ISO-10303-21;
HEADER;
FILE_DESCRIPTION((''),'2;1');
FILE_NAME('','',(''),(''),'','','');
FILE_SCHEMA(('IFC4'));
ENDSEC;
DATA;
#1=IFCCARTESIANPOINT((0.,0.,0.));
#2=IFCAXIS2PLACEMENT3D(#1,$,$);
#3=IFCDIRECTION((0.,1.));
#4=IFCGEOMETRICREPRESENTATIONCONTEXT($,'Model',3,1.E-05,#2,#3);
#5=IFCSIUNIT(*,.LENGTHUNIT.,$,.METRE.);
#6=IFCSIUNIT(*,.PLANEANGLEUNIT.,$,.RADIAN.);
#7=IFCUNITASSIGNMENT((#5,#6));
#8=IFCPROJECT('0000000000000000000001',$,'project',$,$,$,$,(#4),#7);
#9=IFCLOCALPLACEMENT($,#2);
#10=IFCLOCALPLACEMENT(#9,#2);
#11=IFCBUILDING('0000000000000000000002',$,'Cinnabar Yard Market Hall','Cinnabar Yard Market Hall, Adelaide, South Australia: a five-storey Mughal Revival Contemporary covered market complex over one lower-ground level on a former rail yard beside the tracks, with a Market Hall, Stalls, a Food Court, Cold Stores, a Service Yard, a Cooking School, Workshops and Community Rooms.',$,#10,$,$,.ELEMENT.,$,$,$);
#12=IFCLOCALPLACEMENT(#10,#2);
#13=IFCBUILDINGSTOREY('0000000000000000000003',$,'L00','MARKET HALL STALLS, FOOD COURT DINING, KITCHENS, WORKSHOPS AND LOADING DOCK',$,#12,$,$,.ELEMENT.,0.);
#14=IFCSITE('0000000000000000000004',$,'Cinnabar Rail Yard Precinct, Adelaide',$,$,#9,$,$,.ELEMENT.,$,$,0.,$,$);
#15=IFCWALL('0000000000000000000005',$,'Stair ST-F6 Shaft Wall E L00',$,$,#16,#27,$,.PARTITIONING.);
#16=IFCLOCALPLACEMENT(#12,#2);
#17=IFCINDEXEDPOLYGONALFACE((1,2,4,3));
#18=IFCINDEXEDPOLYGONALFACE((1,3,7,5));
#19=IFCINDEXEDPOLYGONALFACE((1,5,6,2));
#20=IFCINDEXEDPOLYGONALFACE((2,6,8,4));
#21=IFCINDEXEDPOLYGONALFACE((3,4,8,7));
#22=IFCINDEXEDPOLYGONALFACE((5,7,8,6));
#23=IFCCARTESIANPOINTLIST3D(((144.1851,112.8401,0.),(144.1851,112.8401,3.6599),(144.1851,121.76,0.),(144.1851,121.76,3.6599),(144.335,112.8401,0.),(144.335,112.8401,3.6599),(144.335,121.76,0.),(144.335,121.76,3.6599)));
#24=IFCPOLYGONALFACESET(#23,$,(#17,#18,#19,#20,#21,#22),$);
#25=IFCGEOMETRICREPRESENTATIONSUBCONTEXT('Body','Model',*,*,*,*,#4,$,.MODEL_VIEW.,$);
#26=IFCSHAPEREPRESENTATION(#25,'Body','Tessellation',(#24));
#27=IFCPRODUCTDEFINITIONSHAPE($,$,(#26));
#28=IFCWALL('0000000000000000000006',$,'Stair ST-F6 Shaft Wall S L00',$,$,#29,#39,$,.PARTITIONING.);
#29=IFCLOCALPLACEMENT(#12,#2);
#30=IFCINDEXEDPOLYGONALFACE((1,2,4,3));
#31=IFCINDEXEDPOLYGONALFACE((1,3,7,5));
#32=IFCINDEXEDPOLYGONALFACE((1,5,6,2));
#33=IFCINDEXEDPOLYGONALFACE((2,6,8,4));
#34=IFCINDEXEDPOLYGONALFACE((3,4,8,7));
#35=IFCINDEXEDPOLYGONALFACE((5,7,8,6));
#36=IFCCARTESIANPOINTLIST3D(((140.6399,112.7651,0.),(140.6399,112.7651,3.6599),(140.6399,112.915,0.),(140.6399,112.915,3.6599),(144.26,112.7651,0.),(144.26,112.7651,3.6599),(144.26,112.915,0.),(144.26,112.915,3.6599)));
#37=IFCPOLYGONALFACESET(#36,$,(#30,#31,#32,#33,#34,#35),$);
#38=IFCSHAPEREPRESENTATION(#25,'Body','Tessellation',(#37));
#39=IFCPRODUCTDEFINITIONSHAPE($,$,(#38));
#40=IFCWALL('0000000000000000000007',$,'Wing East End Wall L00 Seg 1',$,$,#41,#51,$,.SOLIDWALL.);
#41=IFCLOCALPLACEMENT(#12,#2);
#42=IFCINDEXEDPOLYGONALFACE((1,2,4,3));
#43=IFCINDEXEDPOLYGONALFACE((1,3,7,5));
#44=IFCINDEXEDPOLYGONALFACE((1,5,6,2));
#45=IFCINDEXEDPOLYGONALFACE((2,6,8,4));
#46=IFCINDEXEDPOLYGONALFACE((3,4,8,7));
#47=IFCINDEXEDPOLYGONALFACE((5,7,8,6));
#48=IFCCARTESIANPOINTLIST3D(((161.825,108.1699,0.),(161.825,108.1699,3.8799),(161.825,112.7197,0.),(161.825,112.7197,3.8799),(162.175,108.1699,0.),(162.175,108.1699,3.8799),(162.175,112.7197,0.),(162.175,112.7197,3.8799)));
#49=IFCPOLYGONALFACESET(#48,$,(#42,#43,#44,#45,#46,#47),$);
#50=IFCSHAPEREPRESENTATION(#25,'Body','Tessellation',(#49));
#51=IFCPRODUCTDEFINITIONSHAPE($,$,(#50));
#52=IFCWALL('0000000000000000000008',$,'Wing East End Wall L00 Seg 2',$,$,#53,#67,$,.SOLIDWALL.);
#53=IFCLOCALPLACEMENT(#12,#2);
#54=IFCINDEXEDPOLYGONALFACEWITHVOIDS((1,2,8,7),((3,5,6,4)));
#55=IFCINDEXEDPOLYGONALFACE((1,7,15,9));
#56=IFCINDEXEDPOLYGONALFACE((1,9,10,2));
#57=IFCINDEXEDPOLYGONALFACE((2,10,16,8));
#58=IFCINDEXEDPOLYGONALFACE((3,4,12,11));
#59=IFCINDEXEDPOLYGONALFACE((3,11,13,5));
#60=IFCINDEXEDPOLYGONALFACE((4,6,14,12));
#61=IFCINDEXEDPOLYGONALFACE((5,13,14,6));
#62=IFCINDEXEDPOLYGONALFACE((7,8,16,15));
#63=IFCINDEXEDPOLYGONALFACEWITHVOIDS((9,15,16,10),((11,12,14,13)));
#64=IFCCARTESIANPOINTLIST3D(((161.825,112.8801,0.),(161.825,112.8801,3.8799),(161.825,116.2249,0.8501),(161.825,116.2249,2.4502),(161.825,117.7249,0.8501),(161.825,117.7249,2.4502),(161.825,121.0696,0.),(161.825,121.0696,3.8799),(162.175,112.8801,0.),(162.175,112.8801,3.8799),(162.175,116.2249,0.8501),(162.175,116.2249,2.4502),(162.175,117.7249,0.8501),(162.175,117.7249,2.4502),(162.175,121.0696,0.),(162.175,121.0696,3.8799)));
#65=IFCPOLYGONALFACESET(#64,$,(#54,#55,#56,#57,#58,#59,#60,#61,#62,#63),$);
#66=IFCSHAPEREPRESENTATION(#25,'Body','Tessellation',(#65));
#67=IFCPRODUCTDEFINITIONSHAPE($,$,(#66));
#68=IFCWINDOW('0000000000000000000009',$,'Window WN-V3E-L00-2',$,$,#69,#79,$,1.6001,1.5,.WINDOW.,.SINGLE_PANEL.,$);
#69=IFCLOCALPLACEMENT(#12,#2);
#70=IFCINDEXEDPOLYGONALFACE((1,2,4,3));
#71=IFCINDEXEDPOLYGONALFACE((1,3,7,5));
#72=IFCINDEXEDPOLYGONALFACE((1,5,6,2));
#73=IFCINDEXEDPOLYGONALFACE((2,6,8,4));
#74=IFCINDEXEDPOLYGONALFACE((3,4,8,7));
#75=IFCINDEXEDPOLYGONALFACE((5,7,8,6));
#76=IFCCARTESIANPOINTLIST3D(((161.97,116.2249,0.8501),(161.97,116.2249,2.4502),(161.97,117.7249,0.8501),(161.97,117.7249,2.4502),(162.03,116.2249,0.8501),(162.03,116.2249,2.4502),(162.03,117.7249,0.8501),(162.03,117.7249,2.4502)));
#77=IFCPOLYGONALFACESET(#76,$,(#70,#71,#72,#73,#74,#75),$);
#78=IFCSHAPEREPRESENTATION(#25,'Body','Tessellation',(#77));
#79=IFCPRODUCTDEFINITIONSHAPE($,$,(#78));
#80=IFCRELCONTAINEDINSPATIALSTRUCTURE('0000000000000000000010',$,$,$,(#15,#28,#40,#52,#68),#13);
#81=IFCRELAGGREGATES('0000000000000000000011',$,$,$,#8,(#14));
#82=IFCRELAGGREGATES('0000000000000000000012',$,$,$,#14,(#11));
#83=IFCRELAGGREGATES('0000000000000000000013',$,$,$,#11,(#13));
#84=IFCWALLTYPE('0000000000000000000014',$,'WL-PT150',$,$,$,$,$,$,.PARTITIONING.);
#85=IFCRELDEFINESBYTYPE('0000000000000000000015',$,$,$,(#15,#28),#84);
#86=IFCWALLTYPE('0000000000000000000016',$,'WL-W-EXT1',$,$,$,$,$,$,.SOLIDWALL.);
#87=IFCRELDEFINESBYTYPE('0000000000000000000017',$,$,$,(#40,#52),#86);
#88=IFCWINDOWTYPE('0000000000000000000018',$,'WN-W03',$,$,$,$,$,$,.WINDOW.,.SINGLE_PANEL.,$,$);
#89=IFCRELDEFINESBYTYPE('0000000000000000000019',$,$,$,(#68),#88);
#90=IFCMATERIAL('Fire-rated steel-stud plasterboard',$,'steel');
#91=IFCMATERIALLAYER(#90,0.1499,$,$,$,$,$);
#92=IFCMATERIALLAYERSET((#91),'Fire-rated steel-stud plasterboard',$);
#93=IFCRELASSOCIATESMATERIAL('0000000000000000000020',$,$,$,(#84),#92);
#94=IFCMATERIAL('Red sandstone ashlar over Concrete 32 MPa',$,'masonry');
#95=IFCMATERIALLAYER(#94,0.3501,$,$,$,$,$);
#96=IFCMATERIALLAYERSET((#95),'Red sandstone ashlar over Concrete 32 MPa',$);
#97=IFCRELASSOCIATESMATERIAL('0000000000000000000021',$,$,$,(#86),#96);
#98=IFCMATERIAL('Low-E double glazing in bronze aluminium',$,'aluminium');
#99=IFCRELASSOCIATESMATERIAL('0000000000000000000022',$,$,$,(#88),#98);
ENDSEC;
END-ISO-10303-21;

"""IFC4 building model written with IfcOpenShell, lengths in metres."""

from ifc_helpers import new_model, si_unit, direction, frame, frame_2d, origin, place, context, subcontext, project, spatial, rectangle, extrude, material, layer, layer_set, type_object, element, fill, save


model = new_model("IFC4")

# Units and contexts
model_context = context("Model", 3, precision=1e-05, world=origin(), true_north=direction((0.0, 1.0)))
body_context = subcontext(model_context, "Body", "Model", "MODEL_VIEW")
ifc_project = project(units=[si_unit("LENGTHUNIT", "METRE"), si_unit("PLANEANGLEUNIT", "RADIAN")], contexts=[model_context])

# Site, building, storey
site_placement = place(None, origin())
site = spatial("IfcSite", under=ifc_project, at=site_placement, Name="Cinnabar Rail Yard Precinct, Adelaide", CompositionType="ELEMENT", RefElevation=0.0)
building_placement = place(site_placement, origin())
building = spatial("IfcBuilding", under=site, at=building_placement, Name="Cinnabar Yard Market Hall", Description="Cinnabar Yard Market Hall, Adelaide, South Australia: a five-storey Mughal Revival Contemporary covered market complex over one lower-ground level on a former rail yard beside the tracks, with a Market Hall, Stalls, a Food Court, Cold Stores, a Service Yard, a Cooking School, Workshops and Community Rooms.", CompositionType="ELEMENT")
storey_placement = place(building_placement, origin())
storey = spatial("IfcBuildingStorey", under=building, at=storey_placement, Name="L00", Description="MARKET HALL STALLS, FOOD COURT DINING, KITCHENS, WORKSHOPS AND LOADING DOCK", CompositionType="ELEMENT", Elevation=0.0)

# Walls
ifc_material_1 = material(Name="Fire-rated steel-stud plasterboard", Category="steel")
ifc_layer_1 = layer(ifc_material_1, 0.1499)
ifc_layer_set_1 = layer_set([ifc_layer_1], Name="Fire-rated steel-stud plasterboard")
wall_type_1 = type_object("IfcWallType", Name="WL-PT150", PredefinedType="PARTITIONING", material=ifc_layer_set_1)
wall_1_placement = place(storey_placement, frame((144.26, 112.8401, 0.0), z_axis=(0.0, 0.0, 1.0), x_axis=(0.0, 1.0, 0.0)))
element("IfcWall", 1, at=wall_1_placement, inside=storey, type_object=wall_type_1, Name="Stair ST-F6 Shaft Wall E L00", PredefinedType="PARTITIONING", context=body_context, shape_type="SweptSolid", body=[
    extrude(rectangle(XDim=8.9199, YDim=0.1499, at=frame_2d((4.46, 0.0), x_axis=(1.0, 0.0))), origin(), (0.0, 0.0, 1.0), 3.6599),
])
wall_2_placement = place(storey_placement, frame((140.6399, 112.8401, 0.0), z_axis=(0.0, 0.0, 1.0), x_axis=(1.0, 0.0, 0.0)))
element("IfcWall", 2, at=wall_2_placement, inside=storey, type_object=wall_type_1, Name="Stair ST-F6 Shaft Wall S L00", PredefinedType="PARTITIONING", context=body_context, shape_type="SweptSolid", body=[
    extrude(rectangle(XDim=3.6201, YDim=0.1499, at=frame_2d((1.8101, 0.0), x_axis=(1.0, 0.0))), origin(), (0.0, 0.0, 1.0), 3.6599),
])
ifc_material_2 = material(Name="Red sandstone ashlar over Concrete 32 MPa", Category="masonry")
ifc_layer_2 = layer(ifc_material_2, 0.3501)
ifc_layer_set_2 = layer_set([ifc_layer_2], Name="Red sandstone ashlar over Concrete 32 MPa")
wall_type_2 = type_object("IfcWallType", Name="WL-W-EXT1", PredefinedType="SOLIDWALL", material=ifc_layer_set_2)
wall_3_placement = place(storey_placement, frame((162.0, 108.1699, 0.0), z_axis=(0.0, 0.0, 1.0), x_axis=(0.0, 1.0, 0.0)))
element("IfcWall", 3, at=wall_3_placement, inside=storey, type_object=wall_type_2, Name="Wing East End Wall L00 Seg 1", PredefinedType="SOLIDWALL", context=body_context, shape_type="SweptSolid", body=[
    extrude(rectangle(XDim=4.5498, YDim=0.3501, at=frame_2d((2.2749, 0.0), x_axis=(1.0, 0.0))), origin(), (0.0, 0.0, 1.0), 3.8799),
])

# Wall, opening, window
wall_4_placement = place(storey_placement, frame((162.0, 112.8801, 0.0), z_axis=(0.0, 0.0, 1.0), x_axis=(0.0, 1.0, 0.0)))
wall_4 = element("IfcWall", 4, at=wall_4_placement, inside=storey, type_object=wall_type_2, Name="Wing East End Wall L00 Seg 2", PredefinedType="SOLIDWALL", context=body_context, shape_type="SweptSolid", body=[
    extrude(rectangle(XDim=8.1895, YDim=0.3501, at=frame_2d((4.0947, 0.0), x_axis=(1.0, 0.0))), origin(), (0.0, 0.0, 1.0), 3.8799),
])
opening_placement = place(wall_4_placement, frame((3.3447, 0.0, 0.8501)))
opening = element("IfcOpeningElement", 5, at=opening_placement, cuts=wall_4, PredefinedType="OPENING", context=body_context, shape_type="SweptSolid", body=[
    extrude(rectangle(XDim=1.5, YDim=1.6001, at=frame_2d((0.75, 0.8), x_axis=(1.0, 0.0))), frame((0.0, 0.1851, 0.0), z_axis=(0.0, -1.0, 0.0), x_axis=(1.0, 0.0, 0.0)), (0.0, 0.0, 1.0), 0.3701),
])
ifc_material_3 = material(Name="Low-E double glazing in bronze aluminium", Category="aluminium")
window_type = type_object("IfcWindowType", Name="WN-W03", PartitioningType="SINGLE_PANEL", PredefinedType="WINDOW", material=ifc_material_3)
window_placement = place(opening_placement, origin())
window = element("IfcWindow", 6, at=window_placement, inside=storey, type_object=window_type, Name="Window WN-V3E-L00-2", OverallHeight=1.6001, OverallWidth=1.5, PartitioningType="SINGLE_PANEL", PredefinedType="WINDOW", context=body_context, shape_type="SweptSolid", body=[
    extrude(rectangle(XDim=1.5, YDim=1.6001, at=frame_2d((0.75, 0.8), x_axis=(1.0, 0.0))), frame((0.0, 0.03, 0.0), z_axis=(0.0, -1.0, 0.0), x_axis=(1.0, 0.0, 0.0)), (0.0, 0.0, 1.0), 0.0601),
])
fill(opening, window)

save(model, "model.ifc")
